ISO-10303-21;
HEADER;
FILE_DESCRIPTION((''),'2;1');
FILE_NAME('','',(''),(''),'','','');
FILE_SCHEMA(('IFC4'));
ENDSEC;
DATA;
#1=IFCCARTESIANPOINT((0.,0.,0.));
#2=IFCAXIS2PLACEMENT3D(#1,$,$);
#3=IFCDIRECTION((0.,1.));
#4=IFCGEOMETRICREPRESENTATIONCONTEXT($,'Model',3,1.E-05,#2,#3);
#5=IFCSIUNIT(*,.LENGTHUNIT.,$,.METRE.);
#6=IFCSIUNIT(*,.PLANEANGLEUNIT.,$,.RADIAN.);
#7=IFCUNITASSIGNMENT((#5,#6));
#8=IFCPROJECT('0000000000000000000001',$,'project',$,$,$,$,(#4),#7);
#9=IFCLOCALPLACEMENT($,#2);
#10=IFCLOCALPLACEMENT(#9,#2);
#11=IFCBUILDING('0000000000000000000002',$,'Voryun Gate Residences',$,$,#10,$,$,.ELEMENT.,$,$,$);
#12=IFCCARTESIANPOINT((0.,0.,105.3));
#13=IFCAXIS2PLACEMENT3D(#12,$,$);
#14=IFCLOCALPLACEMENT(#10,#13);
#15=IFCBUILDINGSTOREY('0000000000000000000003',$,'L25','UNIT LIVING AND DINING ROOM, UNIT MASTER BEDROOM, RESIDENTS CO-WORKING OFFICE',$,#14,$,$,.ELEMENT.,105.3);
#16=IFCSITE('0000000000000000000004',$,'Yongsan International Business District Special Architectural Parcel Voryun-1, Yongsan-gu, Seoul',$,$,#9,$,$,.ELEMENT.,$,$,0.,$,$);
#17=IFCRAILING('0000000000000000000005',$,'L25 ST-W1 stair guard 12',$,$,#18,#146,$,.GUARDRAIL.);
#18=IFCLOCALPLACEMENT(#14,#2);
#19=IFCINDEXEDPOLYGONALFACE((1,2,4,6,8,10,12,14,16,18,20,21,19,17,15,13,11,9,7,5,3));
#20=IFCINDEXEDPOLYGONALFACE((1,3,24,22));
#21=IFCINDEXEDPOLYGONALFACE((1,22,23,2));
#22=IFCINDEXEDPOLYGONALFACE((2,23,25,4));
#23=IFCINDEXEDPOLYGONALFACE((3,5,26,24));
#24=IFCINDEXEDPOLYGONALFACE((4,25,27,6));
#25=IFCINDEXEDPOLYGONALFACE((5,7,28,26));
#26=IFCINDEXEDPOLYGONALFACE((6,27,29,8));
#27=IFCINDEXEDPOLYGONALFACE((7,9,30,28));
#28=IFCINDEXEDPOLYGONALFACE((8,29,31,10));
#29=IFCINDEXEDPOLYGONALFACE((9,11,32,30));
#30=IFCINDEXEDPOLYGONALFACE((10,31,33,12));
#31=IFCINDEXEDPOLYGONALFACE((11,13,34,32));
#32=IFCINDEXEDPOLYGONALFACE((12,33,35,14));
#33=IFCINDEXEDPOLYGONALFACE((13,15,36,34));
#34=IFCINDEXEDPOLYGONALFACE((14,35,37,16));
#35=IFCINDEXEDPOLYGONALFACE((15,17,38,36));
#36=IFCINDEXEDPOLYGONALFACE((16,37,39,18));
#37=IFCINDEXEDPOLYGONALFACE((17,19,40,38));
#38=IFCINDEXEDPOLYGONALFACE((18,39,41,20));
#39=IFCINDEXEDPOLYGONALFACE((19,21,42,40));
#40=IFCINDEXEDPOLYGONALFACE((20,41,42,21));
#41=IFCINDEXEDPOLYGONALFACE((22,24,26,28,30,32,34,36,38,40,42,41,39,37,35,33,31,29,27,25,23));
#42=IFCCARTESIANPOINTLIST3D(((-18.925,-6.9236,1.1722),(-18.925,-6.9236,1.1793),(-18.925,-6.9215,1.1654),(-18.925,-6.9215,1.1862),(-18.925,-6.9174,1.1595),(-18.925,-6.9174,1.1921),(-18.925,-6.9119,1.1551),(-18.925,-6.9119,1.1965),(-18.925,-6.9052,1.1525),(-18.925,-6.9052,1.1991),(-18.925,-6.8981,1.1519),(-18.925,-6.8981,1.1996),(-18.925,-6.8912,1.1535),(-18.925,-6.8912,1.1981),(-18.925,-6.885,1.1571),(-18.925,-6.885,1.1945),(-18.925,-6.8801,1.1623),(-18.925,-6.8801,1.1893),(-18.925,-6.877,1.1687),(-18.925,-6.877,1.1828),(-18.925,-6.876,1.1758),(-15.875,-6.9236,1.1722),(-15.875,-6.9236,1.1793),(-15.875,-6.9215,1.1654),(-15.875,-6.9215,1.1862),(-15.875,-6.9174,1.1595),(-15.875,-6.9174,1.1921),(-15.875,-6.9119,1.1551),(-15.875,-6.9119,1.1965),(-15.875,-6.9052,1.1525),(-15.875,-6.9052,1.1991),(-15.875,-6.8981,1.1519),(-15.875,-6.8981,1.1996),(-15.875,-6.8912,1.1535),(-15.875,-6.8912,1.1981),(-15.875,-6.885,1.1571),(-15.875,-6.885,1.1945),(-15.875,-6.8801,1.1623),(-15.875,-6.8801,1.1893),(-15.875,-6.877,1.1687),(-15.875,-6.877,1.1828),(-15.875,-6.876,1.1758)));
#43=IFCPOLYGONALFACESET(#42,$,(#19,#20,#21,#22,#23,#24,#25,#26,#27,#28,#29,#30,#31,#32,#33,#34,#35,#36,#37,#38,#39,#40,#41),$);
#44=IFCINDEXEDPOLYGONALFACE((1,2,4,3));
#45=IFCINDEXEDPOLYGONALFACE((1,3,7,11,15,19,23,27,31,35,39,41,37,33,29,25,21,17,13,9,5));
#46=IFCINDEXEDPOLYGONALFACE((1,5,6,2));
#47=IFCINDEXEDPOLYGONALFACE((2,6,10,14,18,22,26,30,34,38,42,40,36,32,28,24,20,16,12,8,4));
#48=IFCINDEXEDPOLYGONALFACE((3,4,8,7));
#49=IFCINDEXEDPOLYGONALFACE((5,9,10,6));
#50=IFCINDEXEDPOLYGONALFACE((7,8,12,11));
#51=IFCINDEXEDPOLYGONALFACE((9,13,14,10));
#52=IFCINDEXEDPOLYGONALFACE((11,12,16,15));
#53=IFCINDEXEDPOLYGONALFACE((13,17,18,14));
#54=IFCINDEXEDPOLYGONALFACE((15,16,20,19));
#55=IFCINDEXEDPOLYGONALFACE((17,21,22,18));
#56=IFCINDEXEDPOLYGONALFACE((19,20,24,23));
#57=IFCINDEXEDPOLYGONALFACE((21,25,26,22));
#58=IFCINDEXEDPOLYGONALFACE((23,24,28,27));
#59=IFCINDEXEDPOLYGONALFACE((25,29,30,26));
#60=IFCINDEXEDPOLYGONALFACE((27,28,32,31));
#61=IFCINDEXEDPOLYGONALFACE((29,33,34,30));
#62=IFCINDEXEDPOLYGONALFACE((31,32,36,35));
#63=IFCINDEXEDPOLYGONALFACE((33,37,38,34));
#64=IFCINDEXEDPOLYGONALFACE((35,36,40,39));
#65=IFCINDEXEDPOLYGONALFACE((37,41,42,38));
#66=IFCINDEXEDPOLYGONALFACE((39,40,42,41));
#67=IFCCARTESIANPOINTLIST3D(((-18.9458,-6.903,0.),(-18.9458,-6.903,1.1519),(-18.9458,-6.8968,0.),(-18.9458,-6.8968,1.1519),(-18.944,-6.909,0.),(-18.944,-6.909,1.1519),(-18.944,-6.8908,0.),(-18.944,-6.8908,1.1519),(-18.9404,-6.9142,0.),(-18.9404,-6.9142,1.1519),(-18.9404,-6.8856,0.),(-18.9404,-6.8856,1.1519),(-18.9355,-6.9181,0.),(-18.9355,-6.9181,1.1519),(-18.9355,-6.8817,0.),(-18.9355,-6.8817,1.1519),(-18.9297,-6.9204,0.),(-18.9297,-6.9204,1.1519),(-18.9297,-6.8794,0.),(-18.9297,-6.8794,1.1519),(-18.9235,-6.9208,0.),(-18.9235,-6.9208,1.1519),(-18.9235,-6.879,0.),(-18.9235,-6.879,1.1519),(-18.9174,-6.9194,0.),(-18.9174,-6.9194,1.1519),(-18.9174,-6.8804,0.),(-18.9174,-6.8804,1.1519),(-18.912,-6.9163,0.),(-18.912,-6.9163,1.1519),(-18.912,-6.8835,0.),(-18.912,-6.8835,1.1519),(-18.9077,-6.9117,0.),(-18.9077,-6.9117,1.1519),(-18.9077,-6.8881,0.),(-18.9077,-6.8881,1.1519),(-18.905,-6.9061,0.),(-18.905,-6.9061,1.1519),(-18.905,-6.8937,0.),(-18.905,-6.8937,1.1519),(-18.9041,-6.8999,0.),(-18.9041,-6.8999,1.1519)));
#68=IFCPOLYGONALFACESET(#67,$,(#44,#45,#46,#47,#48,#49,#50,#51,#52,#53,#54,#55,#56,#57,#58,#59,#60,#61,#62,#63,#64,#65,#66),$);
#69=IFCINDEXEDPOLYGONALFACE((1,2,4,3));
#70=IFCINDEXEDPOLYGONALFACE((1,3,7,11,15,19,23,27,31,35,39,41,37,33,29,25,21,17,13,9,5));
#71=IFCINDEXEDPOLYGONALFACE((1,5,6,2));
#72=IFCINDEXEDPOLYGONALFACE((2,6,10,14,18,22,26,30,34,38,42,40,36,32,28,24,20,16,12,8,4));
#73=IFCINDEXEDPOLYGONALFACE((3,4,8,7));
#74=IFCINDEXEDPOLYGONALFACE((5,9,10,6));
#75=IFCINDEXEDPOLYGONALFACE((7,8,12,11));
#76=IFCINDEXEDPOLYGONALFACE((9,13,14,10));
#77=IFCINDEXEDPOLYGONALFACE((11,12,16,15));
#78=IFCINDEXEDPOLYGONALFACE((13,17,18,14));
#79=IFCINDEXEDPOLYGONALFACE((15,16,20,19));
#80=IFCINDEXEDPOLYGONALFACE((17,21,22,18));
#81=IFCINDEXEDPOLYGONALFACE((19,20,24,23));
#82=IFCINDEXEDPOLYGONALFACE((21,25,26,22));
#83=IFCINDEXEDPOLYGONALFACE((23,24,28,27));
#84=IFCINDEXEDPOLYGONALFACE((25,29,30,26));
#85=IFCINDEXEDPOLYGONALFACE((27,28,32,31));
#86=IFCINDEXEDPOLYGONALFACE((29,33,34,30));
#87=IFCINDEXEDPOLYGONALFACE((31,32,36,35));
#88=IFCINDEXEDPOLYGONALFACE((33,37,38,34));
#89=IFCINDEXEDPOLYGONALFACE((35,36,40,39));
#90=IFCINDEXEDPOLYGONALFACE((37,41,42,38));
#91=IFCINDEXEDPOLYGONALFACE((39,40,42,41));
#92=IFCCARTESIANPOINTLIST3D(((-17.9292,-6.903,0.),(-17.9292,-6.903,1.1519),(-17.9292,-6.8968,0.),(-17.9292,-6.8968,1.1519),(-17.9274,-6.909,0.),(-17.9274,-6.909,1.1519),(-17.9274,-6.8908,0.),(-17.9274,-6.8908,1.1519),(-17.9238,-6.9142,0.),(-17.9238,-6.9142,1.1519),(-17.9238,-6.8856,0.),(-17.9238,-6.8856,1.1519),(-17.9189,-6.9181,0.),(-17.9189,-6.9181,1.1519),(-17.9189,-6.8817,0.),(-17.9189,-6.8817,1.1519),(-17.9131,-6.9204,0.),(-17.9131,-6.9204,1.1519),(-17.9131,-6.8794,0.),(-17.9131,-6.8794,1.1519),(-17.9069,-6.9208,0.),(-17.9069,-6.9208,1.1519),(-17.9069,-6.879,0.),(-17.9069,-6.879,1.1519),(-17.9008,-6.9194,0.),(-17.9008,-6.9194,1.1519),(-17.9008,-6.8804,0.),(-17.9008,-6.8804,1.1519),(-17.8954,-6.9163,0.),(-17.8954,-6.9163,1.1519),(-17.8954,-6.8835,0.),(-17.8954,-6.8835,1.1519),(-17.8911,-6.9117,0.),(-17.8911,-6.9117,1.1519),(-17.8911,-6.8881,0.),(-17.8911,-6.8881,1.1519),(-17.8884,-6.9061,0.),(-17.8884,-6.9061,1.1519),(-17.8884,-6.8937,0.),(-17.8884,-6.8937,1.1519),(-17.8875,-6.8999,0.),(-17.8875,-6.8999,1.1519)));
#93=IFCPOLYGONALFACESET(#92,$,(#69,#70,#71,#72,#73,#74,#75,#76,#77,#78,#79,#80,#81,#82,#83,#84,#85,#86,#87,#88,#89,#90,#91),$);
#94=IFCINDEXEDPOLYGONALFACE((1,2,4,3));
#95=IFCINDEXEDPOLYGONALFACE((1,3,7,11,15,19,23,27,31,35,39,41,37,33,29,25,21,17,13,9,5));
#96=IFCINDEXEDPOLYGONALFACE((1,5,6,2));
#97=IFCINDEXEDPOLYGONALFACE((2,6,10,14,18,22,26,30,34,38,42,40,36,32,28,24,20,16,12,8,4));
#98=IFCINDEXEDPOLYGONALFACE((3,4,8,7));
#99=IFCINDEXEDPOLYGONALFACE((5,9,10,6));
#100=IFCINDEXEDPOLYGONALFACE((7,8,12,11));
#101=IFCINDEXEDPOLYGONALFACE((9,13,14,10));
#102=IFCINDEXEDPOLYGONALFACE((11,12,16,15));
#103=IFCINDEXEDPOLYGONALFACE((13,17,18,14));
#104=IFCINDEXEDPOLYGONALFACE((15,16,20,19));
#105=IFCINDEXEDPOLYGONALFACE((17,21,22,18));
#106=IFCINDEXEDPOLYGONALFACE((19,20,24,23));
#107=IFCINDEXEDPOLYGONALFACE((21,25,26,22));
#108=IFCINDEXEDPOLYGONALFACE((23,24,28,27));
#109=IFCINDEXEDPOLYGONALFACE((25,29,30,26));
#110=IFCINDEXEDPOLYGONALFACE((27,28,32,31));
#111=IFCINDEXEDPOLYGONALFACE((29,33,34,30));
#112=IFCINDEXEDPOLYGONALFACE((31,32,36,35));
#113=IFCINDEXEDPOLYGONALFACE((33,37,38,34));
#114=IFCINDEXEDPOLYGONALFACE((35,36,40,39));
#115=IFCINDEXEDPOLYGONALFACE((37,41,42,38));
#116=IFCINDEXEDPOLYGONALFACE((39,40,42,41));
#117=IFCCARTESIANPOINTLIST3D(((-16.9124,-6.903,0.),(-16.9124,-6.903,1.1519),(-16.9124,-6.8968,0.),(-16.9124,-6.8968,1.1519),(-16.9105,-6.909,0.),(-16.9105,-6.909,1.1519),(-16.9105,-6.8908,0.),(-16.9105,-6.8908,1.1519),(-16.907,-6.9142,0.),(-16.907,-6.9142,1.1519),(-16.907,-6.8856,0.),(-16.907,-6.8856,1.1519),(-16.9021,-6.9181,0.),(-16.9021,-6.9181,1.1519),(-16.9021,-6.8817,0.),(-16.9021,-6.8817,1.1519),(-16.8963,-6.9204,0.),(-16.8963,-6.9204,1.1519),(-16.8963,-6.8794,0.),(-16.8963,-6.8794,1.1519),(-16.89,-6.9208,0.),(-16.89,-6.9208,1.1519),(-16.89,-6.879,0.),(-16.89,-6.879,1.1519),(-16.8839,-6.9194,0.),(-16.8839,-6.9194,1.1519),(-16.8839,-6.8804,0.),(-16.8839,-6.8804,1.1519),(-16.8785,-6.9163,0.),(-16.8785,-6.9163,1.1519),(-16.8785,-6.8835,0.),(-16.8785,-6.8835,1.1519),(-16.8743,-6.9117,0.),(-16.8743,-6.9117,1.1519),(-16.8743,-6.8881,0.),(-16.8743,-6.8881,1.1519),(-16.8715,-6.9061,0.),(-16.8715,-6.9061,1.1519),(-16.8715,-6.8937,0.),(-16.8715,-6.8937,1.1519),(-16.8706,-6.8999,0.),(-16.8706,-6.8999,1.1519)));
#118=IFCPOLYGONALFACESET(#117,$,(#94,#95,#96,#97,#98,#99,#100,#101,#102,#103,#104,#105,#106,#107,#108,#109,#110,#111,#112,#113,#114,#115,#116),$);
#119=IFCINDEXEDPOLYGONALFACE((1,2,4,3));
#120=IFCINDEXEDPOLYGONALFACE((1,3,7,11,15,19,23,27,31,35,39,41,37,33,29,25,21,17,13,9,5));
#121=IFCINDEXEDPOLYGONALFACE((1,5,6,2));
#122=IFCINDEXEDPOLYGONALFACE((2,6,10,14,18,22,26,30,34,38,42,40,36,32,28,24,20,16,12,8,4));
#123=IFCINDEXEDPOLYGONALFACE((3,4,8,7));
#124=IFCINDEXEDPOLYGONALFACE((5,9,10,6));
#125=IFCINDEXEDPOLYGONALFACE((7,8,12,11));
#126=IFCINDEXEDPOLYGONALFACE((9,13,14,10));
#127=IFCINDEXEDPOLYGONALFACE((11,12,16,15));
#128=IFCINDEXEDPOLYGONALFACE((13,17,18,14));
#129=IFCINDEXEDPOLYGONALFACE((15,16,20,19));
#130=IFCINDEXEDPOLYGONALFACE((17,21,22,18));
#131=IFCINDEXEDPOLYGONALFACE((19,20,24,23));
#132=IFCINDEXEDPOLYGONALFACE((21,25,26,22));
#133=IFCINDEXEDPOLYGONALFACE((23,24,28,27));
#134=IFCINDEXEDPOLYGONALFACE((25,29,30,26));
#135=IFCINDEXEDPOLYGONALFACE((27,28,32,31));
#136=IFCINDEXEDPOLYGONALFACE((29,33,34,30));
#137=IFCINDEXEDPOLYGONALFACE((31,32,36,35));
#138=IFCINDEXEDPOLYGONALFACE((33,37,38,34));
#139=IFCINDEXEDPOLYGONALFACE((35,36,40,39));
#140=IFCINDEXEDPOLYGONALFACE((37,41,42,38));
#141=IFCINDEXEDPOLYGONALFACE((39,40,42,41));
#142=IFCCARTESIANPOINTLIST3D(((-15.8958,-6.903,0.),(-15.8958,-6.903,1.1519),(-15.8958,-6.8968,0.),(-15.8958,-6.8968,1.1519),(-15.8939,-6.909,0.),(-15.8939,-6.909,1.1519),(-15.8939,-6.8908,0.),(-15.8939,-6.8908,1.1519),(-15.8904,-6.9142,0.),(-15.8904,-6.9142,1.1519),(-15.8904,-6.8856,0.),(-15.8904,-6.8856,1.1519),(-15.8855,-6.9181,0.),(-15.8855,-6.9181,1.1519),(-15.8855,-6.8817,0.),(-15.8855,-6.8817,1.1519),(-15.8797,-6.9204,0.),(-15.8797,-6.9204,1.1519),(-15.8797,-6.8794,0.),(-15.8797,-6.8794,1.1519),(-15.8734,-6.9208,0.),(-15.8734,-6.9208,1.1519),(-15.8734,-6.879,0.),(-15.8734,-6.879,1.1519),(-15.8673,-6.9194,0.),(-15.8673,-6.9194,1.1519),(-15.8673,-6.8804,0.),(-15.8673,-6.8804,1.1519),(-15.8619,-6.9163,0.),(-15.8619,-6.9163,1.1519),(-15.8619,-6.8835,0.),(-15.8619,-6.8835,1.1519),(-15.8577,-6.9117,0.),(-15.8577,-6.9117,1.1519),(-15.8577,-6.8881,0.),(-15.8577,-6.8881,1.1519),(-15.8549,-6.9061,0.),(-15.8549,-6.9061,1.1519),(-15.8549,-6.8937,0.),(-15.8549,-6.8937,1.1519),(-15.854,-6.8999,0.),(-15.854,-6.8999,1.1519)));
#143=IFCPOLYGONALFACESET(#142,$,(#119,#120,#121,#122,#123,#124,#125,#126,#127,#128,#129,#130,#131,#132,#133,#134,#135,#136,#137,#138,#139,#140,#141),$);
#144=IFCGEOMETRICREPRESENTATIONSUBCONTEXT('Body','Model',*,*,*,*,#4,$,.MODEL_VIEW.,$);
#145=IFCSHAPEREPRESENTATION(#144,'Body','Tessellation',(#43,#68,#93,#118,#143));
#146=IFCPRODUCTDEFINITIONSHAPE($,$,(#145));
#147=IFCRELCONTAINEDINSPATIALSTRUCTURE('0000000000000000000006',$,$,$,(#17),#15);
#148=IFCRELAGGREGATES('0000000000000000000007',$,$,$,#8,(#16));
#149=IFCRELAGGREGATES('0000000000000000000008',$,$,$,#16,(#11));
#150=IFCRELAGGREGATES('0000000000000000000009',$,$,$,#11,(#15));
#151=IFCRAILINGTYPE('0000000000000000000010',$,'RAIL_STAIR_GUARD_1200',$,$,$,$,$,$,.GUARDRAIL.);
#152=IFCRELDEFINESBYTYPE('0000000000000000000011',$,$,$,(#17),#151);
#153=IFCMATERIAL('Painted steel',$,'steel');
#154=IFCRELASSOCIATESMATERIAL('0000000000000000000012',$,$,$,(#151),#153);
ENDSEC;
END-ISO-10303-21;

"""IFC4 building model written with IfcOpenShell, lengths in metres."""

from ifc_helpers import new_model, si_unit, direction, frame, origin, origin_2d, place, context, subcontext, project, spatial, circle, extrude, material, type_object, element, save


model = new_model("IFC4")

# Units and contexts
model_context = context("Model", 3, precision=1e-05, world=origin(), true_north=direction((0.0, 1.0)))
body_context = subcontext(model_context, "Body", "Model", "MODEL_VIEW")
ifc_project = project(units=[si_unit("LENGTHUNIT", "METRE"), si_unit("PLANEANGLEUNIT", "RADIAN")], contexts=[model_context])

# Site, building, storey
site_placement = place(None, origin())
site = spatial("IfcSite", under=ifc_project, at=site_placement, Name="Yongsan International Business District Special Architectural Parcel Voryun-1, Yongsan-gu, Seoul", CompositionType="ELEMENT", RefElevation=0.0)
building_placement = place(site_placement, origin())
building = spatial("IfcBuilding", under=site, at=building_placement, Name="Voryun Gate Residences", CompositionType="ELEMENT")
storey_placement = place(building_placement, frame((0.0, 0.0, 105.3)))
storey = spatial("IfcBuildingStorey", under=building, at=storey_placement, Name="L25", Description="UNIT LIVING AND DINING ROOM, UNIT MASTER BEDROOM, RESIDENTS CO-WORKING OFFICE", CompositionType="ELEMENT", Elevation=105.3)

# Railing
ifc_material_1 = material(Name="Painted steel", Category="steel")
railing_type = type_object("IfcRailingType", Name="RAIL_STAIR_GUARD_1200", PredefinedType="GUARDRAIL", material=ifc_material_1)
railing_1_placement = place(storey_placement, frame((-18.925, -6.8999, 0.0)))
element("IfcRailing", 1, at=railing_1_placement, inside=storey, type_object=railing_type, Name="L25 ST-W1 stair guard 12", PredefinedType="GUARDRAIL", context=body_context, shape_type="SweptSolid", body=[
    extrude(circle(Radius=0.0239, at=origin_2d()), frame((0.0, 0.0, 1.1758), z_axis=(1.0, 0.0, 0.0), x_axis=(0.0, 1.0, 0.0)), (0.0, 0.0, 1.0), 3.05),
    extrude(circle(Radius=0.021, at=origin_2d()), origin(), (0.0, 0.0, 1.0), 1.1519),
    extrude(circle(Radius=0.021, at=origin_2d()), frame((1.0166, 0.0, 0.0)), (0.0, 0.0, 1.0), 1.1519),
    extrude(circle(Radius=0.021, at=origin_2d()), frame((2.0334, 0.0, 0.0)), (0.0, 0.0, 1.0), 1.1519),
    extrude(circle(Radius=0.021, at=origin_2d()), frame((3.05, 0.0, 0.0)), (0.0, 0.0, 1.0), 1.1519),
])

save(model, "model.ifc")
